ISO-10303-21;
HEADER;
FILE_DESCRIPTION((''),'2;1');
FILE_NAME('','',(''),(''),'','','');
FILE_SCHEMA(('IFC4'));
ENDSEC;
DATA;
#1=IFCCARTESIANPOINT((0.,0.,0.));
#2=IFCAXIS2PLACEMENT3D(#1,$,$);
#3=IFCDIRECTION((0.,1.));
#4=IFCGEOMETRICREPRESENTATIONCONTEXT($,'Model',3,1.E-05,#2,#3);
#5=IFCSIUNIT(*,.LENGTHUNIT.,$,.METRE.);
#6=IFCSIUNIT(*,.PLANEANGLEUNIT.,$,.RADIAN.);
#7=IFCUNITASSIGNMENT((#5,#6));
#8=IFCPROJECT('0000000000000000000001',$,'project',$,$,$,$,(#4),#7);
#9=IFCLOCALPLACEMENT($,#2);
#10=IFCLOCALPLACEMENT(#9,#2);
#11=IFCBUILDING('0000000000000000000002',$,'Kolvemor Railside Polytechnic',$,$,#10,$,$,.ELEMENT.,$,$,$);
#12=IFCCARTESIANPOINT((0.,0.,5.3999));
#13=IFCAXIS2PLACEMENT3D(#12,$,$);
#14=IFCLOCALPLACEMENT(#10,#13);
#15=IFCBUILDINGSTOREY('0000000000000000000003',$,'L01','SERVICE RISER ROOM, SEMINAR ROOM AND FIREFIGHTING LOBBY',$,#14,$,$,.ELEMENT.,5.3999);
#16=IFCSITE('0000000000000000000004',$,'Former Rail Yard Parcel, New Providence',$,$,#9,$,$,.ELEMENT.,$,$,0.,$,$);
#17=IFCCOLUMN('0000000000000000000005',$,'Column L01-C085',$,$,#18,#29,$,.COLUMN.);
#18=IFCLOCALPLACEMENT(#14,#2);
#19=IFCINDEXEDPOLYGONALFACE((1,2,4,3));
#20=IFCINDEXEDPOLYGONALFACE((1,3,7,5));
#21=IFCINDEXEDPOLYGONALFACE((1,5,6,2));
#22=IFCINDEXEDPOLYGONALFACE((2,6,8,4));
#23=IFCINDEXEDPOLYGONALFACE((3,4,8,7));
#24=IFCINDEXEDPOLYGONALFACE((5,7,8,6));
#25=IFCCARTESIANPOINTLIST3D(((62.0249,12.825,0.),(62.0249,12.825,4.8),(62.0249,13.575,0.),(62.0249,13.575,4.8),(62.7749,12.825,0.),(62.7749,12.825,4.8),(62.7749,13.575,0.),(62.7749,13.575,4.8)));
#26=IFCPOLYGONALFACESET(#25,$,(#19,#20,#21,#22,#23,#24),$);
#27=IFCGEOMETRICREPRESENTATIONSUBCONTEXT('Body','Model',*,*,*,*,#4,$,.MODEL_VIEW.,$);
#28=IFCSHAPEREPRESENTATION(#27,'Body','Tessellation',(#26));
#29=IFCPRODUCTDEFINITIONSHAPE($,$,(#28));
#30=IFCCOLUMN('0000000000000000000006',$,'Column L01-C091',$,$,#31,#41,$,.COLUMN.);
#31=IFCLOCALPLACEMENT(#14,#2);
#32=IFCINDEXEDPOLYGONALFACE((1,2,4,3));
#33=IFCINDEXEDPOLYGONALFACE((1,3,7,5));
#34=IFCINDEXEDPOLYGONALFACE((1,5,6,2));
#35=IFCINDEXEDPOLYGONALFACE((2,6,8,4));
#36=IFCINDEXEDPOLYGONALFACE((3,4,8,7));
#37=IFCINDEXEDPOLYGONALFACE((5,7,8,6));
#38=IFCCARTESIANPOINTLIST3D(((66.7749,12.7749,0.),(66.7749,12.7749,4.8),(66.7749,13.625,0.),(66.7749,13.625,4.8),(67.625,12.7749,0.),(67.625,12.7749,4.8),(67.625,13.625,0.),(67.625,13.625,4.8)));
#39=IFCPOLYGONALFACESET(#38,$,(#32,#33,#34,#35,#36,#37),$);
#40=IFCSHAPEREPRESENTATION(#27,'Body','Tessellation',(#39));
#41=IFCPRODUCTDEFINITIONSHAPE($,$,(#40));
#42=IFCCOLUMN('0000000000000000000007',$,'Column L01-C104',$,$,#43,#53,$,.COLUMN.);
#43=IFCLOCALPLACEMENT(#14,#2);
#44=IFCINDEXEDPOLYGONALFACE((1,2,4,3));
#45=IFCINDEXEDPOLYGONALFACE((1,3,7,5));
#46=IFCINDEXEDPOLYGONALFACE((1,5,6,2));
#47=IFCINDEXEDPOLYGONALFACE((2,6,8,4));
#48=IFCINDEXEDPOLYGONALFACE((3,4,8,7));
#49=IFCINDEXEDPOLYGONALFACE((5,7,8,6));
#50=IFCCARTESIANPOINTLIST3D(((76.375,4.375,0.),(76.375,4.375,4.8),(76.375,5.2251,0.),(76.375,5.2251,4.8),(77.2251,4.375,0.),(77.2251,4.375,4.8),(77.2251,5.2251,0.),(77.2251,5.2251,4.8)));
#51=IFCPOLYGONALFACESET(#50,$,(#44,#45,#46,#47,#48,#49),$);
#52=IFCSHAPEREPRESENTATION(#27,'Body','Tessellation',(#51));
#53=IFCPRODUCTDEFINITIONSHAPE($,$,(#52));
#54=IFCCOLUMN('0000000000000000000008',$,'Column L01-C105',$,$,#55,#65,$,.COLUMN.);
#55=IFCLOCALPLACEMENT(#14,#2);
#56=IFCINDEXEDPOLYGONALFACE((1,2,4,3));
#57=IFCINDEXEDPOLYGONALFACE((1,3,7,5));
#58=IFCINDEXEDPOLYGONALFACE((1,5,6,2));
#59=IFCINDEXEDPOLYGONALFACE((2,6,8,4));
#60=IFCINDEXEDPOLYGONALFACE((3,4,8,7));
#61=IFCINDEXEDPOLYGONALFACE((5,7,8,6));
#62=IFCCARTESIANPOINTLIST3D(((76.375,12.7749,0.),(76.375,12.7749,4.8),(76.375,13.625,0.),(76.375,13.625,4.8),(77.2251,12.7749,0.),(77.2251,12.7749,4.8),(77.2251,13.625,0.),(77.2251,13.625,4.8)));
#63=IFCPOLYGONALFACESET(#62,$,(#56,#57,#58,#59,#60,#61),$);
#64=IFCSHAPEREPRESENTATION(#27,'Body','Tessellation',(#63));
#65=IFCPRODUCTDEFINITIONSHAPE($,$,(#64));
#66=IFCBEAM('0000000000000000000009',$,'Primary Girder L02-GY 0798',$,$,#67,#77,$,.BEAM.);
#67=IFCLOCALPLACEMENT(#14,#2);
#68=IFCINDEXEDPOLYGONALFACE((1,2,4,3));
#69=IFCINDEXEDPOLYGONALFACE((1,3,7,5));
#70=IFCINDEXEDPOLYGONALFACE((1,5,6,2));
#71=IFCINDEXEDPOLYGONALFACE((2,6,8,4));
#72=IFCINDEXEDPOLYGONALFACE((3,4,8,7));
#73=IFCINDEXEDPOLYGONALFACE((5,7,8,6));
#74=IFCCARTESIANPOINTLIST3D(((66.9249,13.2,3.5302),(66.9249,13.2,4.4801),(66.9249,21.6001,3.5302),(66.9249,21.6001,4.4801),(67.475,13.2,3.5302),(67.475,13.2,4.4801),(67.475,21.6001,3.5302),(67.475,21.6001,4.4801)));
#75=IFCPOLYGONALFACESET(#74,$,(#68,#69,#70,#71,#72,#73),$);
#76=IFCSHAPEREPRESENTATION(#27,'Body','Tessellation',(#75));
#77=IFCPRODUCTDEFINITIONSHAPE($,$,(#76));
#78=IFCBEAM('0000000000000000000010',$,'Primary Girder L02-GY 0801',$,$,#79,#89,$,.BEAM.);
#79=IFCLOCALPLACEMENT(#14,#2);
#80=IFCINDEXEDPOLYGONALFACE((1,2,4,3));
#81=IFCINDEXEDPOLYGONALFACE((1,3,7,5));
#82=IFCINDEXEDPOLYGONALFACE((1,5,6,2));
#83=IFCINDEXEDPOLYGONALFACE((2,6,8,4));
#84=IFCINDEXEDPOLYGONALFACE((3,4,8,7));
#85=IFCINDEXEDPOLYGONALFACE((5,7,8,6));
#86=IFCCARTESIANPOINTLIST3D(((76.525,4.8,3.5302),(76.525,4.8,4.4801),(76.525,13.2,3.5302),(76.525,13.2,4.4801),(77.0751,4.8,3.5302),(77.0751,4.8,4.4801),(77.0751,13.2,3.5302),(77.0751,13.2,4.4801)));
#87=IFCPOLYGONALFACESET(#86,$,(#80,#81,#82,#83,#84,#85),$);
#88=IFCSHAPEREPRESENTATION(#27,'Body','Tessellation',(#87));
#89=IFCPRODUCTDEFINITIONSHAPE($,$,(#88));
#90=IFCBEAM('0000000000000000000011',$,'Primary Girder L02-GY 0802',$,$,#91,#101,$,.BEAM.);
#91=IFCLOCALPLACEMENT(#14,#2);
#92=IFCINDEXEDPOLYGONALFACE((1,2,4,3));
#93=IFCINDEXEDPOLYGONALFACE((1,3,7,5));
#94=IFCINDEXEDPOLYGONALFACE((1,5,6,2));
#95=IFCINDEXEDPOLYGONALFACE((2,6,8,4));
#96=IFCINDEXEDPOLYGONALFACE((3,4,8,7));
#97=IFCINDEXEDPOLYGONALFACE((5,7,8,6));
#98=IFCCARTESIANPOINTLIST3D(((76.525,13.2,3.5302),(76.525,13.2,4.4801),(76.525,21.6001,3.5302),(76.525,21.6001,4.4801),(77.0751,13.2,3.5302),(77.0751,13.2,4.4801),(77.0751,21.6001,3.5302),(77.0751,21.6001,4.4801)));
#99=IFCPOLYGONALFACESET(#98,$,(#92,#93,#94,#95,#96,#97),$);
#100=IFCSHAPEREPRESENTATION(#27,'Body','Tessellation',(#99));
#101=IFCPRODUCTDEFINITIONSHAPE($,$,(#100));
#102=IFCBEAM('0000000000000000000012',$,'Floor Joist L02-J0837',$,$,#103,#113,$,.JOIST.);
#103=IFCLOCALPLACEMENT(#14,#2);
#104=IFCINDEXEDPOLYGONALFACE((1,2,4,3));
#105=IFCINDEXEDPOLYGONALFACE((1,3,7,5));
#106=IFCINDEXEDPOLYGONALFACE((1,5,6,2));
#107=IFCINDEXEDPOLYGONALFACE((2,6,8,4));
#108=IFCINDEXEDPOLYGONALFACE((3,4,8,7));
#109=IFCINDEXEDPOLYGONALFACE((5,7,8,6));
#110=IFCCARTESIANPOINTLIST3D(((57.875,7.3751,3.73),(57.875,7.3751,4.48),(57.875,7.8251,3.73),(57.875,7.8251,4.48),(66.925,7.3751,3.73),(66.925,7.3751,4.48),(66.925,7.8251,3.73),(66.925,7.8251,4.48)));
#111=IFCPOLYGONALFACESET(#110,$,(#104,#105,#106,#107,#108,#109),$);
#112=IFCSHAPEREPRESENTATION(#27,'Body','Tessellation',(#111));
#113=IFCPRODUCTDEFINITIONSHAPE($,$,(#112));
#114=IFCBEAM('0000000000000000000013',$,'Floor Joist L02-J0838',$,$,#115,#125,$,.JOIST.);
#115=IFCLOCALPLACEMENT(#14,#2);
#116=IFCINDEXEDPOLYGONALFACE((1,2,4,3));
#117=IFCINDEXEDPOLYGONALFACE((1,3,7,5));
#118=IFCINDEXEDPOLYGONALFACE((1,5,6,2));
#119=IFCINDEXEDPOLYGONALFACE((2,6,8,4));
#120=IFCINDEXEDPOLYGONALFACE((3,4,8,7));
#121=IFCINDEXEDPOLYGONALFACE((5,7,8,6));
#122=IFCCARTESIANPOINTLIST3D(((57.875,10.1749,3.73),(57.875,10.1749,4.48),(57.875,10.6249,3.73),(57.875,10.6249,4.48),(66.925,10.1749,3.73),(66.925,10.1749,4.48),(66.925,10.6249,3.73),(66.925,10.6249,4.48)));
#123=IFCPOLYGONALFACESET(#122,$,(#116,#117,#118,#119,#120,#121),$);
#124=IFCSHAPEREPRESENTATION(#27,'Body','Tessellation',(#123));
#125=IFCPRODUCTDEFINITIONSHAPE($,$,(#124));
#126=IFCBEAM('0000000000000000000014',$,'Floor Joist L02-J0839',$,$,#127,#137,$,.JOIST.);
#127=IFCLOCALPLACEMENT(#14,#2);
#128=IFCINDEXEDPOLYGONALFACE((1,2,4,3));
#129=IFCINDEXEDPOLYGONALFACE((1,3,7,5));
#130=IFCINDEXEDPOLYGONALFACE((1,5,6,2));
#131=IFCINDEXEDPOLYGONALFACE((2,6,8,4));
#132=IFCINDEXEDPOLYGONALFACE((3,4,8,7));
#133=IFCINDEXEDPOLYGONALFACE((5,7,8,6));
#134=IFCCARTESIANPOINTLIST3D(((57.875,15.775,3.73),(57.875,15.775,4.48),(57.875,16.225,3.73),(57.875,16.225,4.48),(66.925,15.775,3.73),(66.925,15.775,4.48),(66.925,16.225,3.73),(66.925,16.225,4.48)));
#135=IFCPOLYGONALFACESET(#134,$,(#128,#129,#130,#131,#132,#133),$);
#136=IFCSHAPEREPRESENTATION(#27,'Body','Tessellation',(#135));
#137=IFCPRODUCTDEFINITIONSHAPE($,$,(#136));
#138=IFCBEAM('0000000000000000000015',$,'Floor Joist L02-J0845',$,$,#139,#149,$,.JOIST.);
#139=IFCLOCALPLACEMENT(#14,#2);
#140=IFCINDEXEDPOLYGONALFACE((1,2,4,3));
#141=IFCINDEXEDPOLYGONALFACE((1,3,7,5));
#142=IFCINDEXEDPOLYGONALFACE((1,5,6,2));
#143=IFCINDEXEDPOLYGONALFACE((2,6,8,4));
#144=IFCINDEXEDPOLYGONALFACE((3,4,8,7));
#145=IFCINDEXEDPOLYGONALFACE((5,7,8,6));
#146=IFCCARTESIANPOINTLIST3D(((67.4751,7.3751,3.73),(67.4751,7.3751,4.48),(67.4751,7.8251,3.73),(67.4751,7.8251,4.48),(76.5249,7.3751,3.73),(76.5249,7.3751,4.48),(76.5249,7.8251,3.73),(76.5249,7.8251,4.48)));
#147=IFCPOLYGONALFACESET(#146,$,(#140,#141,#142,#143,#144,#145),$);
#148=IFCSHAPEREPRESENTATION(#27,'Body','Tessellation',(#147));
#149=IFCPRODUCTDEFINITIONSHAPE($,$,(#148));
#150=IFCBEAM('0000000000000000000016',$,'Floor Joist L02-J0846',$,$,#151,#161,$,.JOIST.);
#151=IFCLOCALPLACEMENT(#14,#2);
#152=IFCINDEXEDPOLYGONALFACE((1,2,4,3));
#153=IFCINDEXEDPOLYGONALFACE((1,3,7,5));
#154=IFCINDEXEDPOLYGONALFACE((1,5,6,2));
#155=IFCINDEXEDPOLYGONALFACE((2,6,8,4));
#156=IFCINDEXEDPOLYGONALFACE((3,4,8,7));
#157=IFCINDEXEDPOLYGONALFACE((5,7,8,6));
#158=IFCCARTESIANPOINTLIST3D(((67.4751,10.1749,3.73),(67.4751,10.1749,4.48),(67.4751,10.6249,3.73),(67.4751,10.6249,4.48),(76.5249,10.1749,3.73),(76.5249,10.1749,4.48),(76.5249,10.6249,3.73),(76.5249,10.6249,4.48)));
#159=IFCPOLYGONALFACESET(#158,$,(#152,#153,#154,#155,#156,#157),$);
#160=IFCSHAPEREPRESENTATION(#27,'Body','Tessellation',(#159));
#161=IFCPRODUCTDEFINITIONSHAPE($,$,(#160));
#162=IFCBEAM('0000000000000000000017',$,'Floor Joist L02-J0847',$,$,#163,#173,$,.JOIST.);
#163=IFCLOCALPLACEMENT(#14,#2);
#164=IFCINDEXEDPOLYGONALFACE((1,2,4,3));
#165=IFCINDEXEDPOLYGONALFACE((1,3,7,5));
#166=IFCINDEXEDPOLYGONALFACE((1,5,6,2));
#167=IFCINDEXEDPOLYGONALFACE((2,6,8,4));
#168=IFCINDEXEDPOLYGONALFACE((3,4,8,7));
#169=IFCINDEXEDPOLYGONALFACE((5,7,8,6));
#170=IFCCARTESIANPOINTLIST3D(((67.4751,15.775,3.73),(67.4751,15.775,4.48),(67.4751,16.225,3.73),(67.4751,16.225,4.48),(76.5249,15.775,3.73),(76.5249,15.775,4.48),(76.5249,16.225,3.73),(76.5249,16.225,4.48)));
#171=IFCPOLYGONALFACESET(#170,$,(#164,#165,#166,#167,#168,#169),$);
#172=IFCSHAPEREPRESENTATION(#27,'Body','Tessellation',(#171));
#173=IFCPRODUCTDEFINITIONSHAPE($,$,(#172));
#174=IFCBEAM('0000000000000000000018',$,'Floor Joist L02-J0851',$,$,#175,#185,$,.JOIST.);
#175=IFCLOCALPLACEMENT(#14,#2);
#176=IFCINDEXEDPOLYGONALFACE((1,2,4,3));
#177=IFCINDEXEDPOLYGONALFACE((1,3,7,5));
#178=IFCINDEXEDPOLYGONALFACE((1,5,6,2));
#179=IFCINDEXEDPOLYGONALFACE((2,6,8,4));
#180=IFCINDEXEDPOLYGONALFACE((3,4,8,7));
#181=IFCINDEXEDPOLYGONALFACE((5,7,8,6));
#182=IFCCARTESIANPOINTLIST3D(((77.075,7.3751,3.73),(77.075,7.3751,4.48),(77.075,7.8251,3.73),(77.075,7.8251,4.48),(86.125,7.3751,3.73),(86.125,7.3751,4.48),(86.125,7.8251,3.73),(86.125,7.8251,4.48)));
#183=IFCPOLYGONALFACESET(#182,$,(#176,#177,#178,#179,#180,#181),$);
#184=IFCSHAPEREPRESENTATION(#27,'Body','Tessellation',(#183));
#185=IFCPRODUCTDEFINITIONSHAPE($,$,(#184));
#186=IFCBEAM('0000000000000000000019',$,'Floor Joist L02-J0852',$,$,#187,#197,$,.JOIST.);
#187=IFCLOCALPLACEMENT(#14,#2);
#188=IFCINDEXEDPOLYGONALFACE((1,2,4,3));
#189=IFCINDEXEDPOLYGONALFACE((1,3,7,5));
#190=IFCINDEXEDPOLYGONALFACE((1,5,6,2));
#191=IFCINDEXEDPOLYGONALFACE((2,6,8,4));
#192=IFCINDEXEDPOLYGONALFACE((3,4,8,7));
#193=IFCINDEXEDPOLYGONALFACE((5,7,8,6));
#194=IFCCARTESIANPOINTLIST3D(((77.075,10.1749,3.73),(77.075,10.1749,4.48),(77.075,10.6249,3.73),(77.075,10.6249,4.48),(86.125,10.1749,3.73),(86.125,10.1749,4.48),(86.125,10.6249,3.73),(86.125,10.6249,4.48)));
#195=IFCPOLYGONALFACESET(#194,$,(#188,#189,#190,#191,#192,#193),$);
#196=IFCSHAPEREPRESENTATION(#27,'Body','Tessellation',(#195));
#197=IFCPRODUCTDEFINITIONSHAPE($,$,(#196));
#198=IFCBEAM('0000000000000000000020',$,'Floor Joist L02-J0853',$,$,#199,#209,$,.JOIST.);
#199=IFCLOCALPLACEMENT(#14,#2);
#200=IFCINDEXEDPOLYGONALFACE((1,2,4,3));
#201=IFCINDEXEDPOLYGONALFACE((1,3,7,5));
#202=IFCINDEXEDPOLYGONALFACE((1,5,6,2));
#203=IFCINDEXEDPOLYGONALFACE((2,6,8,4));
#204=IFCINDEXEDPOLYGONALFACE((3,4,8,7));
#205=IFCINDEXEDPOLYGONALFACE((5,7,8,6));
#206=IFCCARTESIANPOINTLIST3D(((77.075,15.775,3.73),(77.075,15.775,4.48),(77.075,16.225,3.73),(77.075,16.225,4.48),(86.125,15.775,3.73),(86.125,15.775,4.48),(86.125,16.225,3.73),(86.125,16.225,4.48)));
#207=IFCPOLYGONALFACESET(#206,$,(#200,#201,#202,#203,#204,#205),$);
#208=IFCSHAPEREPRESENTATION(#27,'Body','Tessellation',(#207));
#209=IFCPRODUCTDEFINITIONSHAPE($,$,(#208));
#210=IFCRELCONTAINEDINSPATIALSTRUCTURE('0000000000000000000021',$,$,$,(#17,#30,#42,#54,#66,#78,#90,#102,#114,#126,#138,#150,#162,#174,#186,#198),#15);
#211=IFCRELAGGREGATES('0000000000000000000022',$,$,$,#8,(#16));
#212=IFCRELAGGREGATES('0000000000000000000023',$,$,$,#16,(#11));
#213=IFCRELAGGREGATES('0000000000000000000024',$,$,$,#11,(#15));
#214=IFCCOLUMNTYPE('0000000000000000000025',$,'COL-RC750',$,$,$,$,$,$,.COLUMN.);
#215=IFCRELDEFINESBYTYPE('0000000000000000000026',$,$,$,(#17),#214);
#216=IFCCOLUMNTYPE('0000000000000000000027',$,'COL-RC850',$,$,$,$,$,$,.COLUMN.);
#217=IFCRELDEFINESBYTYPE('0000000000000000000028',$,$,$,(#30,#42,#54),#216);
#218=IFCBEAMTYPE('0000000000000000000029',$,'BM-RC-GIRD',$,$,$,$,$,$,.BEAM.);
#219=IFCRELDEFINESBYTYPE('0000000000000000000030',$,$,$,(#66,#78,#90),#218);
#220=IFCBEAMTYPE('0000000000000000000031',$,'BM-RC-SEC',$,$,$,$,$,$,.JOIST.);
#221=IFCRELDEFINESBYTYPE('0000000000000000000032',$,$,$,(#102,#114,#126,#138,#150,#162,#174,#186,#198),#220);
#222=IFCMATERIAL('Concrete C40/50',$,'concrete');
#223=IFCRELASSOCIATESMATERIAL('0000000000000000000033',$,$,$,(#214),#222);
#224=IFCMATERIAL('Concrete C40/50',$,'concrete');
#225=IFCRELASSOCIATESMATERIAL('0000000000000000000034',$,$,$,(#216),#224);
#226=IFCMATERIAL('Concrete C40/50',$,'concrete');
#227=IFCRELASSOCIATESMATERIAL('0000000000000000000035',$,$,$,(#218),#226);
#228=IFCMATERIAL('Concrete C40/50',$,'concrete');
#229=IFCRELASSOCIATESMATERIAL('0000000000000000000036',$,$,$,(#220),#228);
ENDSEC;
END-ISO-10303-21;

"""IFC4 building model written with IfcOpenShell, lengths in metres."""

from ifc_helpers import new_model, si_unit, direction, frame, origin, origin_2d, place, context, subcontext, project, spatial, rectangle, extrude, material, material_profile, profile_set, type_object, element, save


model = new_model("IFC4")

# Units and contexts
model_context = context("Model", 3, precision=1e-05, world=origin(), true_north=direction((0.0, 1.0)))
body_context = subcontext(model_context, "Body", "Model", "MODEL_VIEW")
ifc_project = project(units=[si_unit("LENGTHUNIT", "METRE"), si_unit("PLANEANGLEUNIT", "RADIAN")], contexts=[model_context])

# Site, building, storey
site_placement = place(None, origin())
site = spatial("IfcSite", under=ifc_project, at=site_placement, Name="Former Rail Yard Parcel, New Providence", CompositionType="ELEMENT", RefElevation=0.0)
building_placement = place(site_placement, origin())
building = spatial("IfcBuilding", under=site, at=building_placement, Name="Kolvemor Railside Polytechnic", CompositionType="ELEMENT")
storey_placement = place(building_placement, frame((0.0, 0.0, 5.3999)))
storey = spatial("IfcBuildingStorey", under=building, at=storey_placement, Name="L01", Description="SERVICE RISER ROOM, SEMINAR ROOM AND FIREFIGHTING LOBBY", CompositionType="ELEMENT", Elevation=5.3999)

# Columns
ifc_material_1 = material(Name="Concrete C40/50", Category="concrete")
ifc_material_profile_1 = material_profile(ifc_material_1, rectangle(XDim=0.75, YDim=0.75, at=origin_2d()), Name="RC750x750")
ifc_profile_set_1 = profile_set([ifc_material_profile_1], Name="Concrete C40/50")
column_type_1 = type_object("IfcColumnType", Name="COL-RC750", PredefinedType="COLUMN", material=ifc_profile_set_1)
column_placement = place(storey_placement, frame((62.3999, 13.2, 0.0), z_axis=(0.0, 0.0, 1.0), x_axis=(1.0, 0.0, 0.0)))
element("IfcColumn", 1, at=column_placement, inside=storey, type_object=column_type_1, Name="Column L01-C085", PredefinedType="COLUMN", context=body_context, shape_type="SweptSolid", body=[
    extrude(rectangle(XDim=0.75, YDim=0.75, at=origin_2d()), origin(), (0.0, 0.0, 1.0), 4.8),
])
ifc_material_2 = material(Name="Concrete C40/50", Category="concrete")
ifc_material_profile_2 = material_profile(ifc_material_2, rectangle(XDim=0.8501, YDim=0.8501, at=origin_2d()), Name="RC850x850")
ifc_profile_set_2 = profile_set([ifc_material_profile_2], Name="Concrete C40/50")
column_type_2 = type_object("IfcColumnType", Name="COL-RC850", PredefinedType="COLUMN", material=ifc_profile_set_2)
for number, where, z_axis, x_axis, name in (
    (2, (67.2, 13.2, 0.0), (0.0, 0.0, 1.0), (1.0, 0.0, 0.0), "Column L01-C091"),
    (3, (76.8, 4.8, 0.0), (0.0, 0.0, 1.0), (1.0, 0.0, 0.0), "Column L01-C104"),
    (4, (76.8, 13.2, 0.0), (0.0, 0.0, 1.0), (1.0, 0.0, 0.0), "Column L01-C105"),
):
    element("IfcColumn", number, at=place(storey_placement, frame(where, z_axis=z_axis, x_axis=x_axis)), inside=storey, type_object=column_type_2, Name=name, PredefinedType="COLUMN", context=body_context, shape_type="SweptSolid", body=[
        extrude(rectangle(XDim=0.8501, YDim=0.8501, at=origin_2d()), origin(), (0.0, 0.0, 1.0), 4.8),
    ])

# Beams
ifc_material_3 = material(Name="Concrete C40/50", Category="concrete")
ifc_material_profile_3 = material_profile(ifc_material_3, rectangle(XDim=0.55, YDim=0.95, at=origin_2d()), Name="RC550x950")
ifc_profile_set_3 = profile_set([ifc_material_profile_3], Name="Concrete C40/50")
beam_type_1 = type_object("IfcBeamType", Name="BM-RC-GIRD", PredefinedType="BEAM", material=ifc_profile_set_3)
beam_1_placement = place(storey_placement, frame((67.2, 13.2, 4.0051), z_axis=(0.0, 1.0, 0.0), x_axis=(-1.0, 0.0, 0.0)))
element("IfcBeam", 5, at=beam_1_placement, inside=storey, type_object=beam_type_1, Name="Primary Girder L02-GY 0798", PredefinedType="BEAM", context=body_context, shape_type="SweptSolid", body=[
    extrude(rectangle(XDim=0.55, YDim=0.95, at=origin_2d()), origin(), (0.0, 0.0, 1.0), 8.4001),
])
beam_2_placement = place(storey_placement, frame((76.8, 4.8, 4.0051), z_axis=(0.0, 1.0, 0.0), x_axis=(-1.0, 0.0, 0.0)))
element("IfcBeam", 6, at=beam_2_placement, inside=storey, type_object=beam_type_1, Name="Primary Girder L02-GY 0801", PredefinedType="BEAM", context=body_context, shape_type="SweptSolid", body=[
    extrude(rectangle(XDim=0.55, YDim=0.95, at=origin_2d()), origin(), (0.0, 0.0, 1.0), 8.3999),
])
beam_3_placement = place(storey_placement, frame((76.8, 13.2, 4.0051), z_axis=(0.0, 1.0, 0.0), x_axis=(-1.0, 0.0, 0.0)))
element("IfcBeam", 7, at=beam_3_placement, inside=storey, type_object=beam_type_1, Name="Primary Girder L02-GY 0802", PredefinedType="BEAM", context=body_context, shape_type="SweptSolid", body=[
    extrude(rectangle(XDim=0.55, YDim=0.95, at=origin_2d()), origin(), (0.0, 0.0, 1.0), 8.4001),
])
ifc_material_4 = material(Name="Concrete C40/50", Category="concrete")
ifc_material_profile_4 = material_profile(ifc_material_4, rectangle(XDim=0.45, YDim=0.75, at=origin_2d()), Name="RC450x750")
ifc_profile_set_4 = profile_set([ifc_material_profile_4], Name="Concrete C40/50")
beam_type_2 = type_object("IfcBeamType", Name="BM-RC-SEC", PredefinedType="JOIST", material=ifc_profile_set_4)
for number, where, z_axis, x_axis, name in (
    (8, (57.875, 7.6001, 4.105), (1.0, 0.0, 0.0), (0.0, 1.0, 0.0), "Floor Joist L02-J0837"),
    (9, (57.875, 10.3999, 4.105), (1.0, 0.0, 0.0), (0.0, 1.0, 0.0), "Floor Joist L02-J0838"),
    (10, (57.875, 16.0, 4.105), (1.0, 0.0, 0.0), (0.0, 1.0, 0.0), "Floor Joist L02-J0839"),
):
    element("IfcBeam", number, at=place(storey_placement, frame(where, z_axis=z_axis, x_axis=x_axis)), inside=storey, type_object=beam_type_2, Name=name, PredefinedType="JOIST", context=body_context, shape_type="SweptSolid", body=[
        extrude(rectangle(XDim=0.45, YDim=0.75, at=origin_2d()), origin(), (0.0, 0.0, 1.0), 9.05),
    ])
for number, where, z_axis, x_axis, name in (
    (11, (67.4751, 7.6001, 4.105), (1.0, 0.0, 0.0), (0.0, 1.0, 0.0), "Floor Joist L02-J0845"),
    (12, (67.4751, 10.3999, 4.105), (1.0, 0.0, 0.0), (0.0, 1.0, 0.0), "Floor Joist L02-J0846"),
    (13, (67.4751, 16.0, 4.105), (1.0, 0.0, 0.0), (0.0, 1.0, 0.0), "Floor Joist L02-J0847"),
):
    element("IfcBeam", number, at=place(storey_placement, frame(where, z_axis=z_axis, x_axis=x_axis)), inside=storey, type_object=beam_type_2, Name=name, PredefinedType="JOIST", context=body_context, shape_type="SweptSolid", body=[
        extrude(rectangle(XDim=0.45, YDim=0.75, at=origin_2d()), origin(), (0.0, 0.0, 1.0), 9.0498),
    ])
for number, where, z_axis, x_axis, name in (
    (14, (77.075, 7.6001, 4.105), (1.0, 0.0, 0.0), (0.0, 1.0, 0.0), "Floor Joist L02-J0851"),
    (15, (77.075, 10.3999, 4.105), (1.0, 0.0, 0.0), (0.0, 1.0, 0.0), "Floor Joist L02-J0852"),
    (16, (77.075, 16.0, 4.105), (1.0, 0.0, 0.0), (0.0, 1.0, 0.0), "Floor Joist L02-J0853"),
):
    element("IfcBeam", number, at=place(storey_placement, frame(where, z_axis=z_axis, x_axis=x_axis)), inside=storey, type_object=beam_type_2, Name=name, PredefinedType="JOIST", context=body_context, shape_type="SweptSolid", body=[
        extrude(rectangle(XDim=0.45, YDim=0.75, at=origin_2d()), origin(), (0.0, 0.0, 1.0), 9.05),
    ])

save(model, "model.ifc")
